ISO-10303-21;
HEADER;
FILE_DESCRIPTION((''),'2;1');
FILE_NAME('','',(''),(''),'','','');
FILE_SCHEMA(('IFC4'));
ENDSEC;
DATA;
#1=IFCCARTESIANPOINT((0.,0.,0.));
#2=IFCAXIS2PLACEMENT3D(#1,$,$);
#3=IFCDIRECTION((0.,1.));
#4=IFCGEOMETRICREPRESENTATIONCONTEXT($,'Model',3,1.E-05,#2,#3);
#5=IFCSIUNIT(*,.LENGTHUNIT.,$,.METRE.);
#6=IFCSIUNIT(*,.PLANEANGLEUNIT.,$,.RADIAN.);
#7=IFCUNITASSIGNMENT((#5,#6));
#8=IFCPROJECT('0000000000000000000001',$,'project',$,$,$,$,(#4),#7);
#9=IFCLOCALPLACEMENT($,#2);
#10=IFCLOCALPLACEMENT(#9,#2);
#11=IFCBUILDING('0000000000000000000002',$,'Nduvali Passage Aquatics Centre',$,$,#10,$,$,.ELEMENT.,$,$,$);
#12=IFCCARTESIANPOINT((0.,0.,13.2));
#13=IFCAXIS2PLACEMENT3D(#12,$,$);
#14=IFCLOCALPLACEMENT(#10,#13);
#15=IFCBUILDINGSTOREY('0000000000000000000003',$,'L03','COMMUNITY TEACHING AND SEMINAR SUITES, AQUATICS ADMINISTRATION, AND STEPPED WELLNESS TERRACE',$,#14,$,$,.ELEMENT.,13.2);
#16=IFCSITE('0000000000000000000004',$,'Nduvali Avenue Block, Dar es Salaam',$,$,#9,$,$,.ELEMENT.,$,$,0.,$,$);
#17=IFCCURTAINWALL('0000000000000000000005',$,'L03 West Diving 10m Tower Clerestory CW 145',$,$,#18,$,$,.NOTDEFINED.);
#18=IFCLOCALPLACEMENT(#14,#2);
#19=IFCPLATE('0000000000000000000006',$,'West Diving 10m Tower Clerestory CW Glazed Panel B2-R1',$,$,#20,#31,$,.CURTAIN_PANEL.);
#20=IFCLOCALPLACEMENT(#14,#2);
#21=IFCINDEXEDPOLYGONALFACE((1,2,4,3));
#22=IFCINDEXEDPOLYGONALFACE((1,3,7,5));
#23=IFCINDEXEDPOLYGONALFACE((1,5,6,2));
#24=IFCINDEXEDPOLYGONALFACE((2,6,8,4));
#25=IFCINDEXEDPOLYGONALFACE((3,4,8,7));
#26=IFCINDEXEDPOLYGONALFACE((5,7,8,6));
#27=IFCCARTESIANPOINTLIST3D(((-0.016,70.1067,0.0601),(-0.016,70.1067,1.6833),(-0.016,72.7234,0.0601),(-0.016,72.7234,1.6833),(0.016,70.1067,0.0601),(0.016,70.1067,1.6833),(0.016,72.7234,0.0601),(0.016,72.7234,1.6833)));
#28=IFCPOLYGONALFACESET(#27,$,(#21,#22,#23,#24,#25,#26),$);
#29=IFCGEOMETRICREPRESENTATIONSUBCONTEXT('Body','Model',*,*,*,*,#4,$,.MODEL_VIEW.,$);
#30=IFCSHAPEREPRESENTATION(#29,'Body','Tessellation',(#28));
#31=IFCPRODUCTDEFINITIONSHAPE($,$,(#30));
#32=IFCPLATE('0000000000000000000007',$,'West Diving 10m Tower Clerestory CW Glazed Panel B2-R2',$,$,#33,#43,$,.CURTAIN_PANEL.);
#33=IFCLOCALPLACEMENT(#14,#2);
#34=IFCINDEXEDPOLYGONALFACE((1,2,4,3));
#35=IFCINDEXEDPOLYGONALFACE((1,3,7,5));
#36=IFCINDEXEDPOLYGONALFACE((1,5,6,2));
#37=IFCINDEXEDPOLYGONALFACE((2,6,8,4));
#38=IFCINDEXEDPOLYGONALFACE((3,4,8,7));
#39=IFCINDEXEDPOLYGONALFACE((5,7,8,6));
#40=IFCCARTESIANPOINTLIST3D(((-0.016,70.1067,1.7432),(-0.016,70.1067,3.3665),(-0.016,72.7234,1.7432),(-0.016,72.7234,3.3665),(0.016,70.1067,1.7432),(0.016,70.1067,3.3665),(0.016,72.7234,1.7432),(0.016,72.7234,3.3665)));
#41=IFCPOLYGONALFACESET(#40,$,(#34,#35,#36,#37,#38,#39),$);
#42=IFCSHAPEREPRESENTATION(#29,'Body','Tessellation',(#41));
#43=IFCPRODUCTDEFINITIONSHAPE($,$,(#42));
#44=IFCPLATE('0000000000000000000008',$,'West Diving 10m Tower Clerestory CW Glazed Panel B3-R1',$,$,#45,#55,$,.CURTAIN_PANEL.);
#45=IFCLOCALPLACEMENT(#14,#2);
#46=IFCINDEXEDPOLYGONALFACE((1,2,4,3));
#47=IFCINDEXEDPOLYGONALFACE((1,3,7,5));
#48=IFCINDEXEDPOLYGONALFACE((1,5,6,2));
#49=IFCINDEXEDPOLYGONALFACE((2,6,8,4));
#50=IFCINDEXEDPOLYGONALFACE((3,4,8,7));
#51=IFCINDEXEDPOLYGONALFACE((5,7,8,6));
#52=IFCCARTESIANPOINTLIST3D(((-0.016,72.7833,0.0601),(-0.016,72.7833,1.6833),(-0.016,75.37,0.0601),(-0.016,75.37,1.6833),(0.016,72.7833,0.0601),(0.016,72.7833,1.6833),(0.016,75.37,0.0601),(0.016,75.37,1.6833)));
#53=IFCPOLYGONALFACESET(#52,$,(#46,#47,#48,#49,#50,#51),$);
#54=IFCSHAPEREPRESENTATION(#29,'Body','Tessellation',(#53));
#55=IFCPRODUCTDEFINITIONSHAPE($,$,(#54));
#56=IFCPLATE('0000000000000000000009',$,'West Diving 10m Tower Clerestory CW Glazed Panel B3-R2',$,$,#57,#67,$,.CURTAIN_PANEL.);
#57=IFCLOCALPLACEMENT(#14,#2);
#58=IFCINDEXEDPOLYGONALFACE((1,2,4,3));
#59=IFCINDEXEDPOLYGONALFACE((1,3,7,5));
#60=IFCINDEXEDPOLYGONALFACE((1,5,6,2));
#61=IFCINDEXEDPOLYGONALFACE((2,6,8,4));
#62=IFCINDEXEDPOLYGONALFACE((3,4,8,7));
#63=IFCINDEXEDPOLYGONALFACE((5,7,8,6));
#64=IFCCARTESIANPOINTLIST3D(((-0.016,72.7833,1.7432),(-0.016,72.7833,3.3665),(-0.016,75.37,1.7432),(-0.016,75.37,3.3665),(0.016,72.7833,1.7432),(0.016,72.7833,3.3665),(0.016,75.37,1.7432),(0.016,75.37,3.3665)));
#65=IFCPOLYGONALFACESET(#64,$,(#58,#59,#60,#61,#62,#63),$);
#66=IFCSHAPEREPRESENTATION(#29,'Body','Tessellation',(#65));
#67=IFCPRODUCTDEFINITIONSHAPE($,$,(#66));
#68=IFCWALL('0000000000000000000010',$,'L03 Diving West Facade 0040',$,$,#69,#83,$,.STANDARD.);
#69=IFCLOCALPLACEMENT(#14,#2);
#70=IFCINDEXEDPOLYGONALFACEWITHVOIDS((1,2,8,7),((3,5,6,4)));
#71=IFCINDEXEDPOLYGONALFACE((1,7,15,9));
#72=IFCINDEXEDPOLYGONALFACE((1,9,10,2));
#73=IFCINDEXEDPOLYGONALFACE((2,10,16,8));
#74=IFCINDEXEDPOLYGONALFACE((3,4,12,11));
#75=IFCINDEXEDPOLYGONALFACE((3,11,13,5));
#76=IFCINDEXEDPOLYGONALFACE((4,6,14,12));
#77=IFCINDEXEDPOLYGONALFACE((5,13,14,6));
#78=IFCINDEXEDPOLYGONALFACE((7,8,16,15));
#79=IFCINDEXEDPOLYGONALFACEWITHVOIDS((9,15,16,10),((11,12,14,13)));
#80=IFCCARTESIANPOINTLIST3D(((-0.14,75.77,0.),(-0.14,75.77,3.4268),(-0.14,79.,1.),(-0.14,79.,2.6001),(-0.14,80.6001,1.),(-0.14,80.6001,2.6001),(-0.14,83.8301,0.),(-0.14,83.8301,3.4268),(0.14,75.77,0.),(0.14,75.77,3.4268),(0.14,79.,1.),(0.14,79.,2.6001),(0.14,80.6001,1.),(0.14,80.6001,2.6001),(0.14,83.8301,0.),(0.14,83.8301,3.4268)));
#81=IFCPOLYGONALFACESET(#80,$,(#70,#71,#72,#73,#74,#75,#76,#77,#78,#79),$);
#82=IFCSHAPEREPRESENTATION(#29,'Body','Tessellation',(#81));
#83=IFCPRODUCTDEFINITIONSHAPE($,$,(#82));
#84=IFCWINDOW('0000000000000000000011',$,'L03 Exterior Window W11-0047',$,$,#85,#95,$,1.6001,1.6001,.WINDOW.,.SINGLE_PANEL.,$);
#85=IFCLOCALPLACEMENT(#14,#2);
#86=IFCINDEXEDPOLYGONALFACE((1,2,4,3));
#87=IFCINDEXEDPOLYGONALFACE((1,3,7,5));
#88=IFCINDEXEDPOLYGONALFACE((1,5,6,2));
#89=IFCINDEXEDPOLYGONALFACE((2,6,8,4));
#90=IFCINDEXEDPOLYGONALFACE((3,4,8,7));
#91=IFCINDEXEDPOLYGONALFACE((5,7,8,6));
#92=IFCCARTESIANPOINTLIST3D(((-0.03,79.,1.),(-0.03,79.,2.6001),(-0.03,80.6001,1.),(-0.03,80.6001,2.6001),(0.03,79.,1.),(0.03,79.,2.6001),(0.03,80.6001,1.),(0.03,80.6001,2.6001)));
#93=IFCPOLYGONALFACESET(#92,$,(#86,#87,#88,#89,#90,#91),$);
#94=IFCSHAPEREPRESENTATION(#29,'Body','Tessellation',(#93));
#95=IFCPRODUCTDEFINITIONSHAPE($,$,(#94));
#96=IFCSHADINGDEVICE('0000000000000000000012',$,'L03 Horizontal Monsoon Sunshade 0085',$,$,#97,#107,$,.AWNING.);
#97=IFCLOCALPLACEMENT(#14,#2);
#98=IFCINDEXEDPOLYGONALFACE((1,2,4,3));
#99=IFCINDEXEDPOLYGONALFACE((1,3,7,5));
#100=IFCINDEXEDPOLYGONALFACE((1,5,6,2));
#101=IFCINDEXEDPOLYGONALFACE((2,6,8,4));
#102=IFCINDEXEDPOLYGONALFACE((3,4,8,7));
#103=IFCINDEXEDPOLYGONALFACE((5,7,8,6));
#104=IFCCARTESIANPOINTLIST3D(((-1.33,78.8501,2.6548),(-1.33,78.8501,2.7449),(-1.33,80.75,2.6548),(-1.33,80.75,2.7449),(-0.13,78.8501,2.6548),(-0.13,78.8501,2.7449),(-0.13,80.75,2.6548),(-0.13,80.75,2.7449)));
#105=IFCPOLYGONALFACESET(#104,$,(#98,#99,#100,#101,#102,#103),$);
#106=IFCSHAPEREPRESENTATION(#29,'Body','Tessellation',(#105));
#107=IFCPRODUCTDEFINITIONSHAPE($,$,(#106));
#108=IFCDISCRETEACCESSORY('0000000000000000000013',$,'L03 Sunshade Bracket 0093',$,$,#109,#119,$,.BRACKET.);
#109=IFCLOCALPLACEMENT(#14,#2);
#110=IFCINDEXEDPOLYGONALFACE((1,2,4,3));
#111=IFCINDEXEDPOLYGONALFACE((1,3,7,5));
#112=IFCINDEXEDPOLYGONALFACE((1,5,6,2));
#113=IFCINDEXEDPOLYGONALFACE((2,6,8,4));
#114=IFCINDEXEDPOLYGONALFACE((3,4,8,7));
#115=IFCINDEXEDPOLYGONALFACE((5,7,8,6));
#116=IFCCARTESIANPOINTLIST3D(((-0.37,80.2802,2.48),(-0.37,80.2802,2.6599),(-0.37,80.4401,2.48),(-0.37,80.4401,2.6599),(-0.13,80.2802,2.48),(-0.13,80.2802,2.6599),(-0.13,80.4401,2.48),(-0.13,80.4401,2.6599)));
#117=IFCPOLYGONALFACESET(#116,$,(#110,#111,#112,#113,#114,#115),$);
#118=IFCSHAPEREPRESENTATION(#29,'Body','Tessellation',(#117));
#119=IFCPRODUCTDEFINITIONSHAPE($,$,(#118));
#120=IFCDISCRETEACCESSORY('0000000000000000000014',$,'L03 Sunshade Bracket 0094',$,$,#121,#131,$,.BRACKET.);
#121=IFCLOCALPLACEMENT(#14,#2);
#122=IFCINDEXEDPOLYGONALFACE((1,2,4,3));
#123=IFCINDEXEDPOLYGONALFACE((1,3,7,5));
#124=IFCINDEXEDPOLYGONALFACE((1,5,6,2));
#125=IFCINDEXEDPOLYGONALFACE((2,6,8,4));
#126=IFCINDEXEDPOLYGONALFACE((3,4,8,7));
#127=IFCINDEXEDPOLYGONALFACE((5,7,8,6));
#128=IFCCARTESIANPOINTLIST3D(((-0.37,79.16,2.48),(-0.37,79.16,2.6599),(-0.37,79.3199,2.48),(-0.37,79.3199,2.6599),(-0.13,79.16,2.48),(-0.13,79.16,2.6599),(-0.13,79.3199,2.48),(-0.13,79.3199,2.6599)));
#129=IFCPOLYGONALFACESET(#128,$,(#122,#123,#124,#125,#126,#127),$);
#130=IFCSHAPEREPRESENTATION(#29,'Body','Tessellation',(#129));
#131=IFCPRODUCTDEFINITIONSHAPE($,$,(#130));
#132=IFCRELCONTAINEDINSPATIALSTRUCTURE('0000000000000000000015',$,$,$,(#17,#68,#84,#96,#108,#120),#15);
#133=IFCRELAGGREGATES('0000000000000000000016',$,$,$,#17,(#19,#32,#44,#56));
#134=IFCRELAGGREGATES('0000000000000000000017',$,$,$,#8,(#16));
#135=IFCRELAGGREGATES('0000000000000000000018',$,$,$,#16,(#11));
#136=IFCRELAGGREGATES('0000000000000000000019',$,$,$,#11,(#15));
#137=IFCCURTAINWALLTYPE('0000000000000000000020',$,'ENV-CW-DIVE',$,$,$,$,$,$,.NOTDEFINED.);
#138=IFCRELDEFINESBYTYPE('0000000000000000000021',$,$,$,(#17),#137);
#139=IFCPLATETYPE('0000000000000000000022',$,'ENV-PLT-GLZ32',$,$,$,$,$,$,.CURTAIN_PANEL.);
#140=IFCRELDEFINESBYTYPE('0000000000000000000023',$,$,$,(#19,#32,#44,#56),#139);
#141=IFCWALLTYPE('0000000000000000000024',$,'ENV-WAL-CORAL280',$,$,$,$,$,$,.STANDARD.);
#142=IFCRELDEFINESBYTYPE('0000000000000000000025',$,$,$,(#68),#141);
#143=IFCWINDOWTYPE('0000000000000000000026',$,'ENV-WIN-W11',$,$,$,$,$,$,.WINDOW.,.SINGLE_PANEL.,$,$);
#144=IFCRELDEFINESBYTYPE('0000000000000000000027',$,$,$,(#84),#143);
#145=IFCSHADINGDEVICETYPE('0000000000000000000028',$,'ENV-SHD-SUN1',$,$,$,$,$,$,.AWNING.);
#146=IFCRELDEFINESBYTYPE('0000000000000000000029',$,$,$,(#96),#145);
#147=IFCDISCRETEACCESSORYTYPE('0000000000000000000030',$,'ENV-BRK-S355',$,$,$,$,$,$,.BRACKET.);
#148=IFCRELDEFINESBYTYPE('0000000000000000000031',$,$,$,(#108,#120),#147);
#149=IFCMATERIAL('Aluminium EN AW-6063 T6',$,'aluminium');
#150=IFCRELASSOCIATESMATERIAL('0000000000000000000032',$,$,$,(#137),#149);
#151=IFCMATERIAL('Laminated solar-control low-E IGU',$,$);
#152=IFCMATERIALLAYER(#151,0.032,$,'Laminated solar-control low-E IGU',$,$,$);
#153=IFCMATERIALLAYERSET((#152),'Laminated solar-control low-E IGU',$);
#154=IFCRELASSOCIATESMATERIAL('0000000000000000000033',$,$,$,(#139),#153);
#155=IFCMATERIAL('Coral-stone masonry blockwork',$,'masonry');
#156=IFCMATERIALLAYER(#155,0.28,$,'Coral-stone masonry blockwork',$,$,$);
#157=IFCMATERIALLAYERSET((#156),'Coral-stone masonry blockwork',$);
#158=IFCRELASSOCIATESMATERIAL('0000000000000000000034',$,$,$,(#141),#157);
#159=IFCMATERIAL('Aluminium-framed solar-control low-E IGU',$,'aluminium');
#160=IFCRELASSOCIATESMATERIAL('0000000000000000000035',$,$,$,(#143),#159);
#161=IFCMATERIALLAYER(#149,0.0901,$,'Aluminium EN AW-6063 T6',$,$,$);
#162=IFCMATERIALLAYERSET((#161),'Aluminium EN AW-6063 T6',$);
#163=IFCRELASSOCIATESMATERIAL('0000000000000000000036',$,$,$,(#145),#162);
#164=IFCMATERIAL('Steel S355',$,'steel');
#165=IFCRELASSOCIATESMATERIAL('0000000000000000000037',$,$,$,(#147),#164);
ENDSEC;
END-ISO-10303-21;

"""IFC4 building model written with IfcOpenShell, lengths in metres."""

from ifc_helpers import new_model, si_unit, direction, frame, frame_2d, origin, origin_2d, place, context, subcontext, project, spatial, rectangle, extrude, material, layer, layer_set, type_object, element, fill, aggregate, save


model = new_model("IFC4")

# Units and contexts
model_context = context("Model", 3, precision=1e-05, world=origin(), true_north=direction((0.0, 1.0)))
body_context = subcontext(model_context, "Body", "Model", "MODEL_VIEW")
ifc_project = project(units=[si_unit("LENGTHUNIT", "METRE"), si_unit("PLANEANGLEUNIT", "RADIAN")], contexts=[model_context])

# Site, building, storey
site_placement = place(None, origin())
site = spatial("IfcSite", under=ifc_project, at=site_placement, Name="Nduvali Avenue Block, Dar es Salaam", CompositionType="ELEMENT", RefElevation=0.0)
building_placement = place(site_placement, origin())
building = spatial("IfcBuilding", under=site, at=building_placement, Name="Nduvali Passage Aquatics Centre", CompositionType="ELEMENT")
storey_placement = place(building_placement, frame((0.0, 0.0, 13.2)))
storey = spatial("IfcBuildingStorey", under=building, at=storey_placement, Name="L03", Description="COMMUNITY TEACHING AND SEMINAR SUITES, AQUATICS ADMINISTRATION, AND STEPPED WELLNESS TERRACE", CompositionType="ELEMENT", Elevation=13.2)

# Shared definitions
ifc_material_1 = material(Name="Steel S355", Category="steel")

# Shared definitions
ifc_material_2 = material(Name="Aluminium EN AW-6063 T6", Category="aluminium")
curtain_wall_type = type_object("IfcCurtainWallType", Name="ENV-CW-DIVE", PredefinedType="NOTDEFINED", material=ifc_material_2)

# Curtain wall
curtain_wall_1_placement = place(storey_placement, origin())
curtain_wall_1 = element("IfcCurtainWall", 1, at=curtain_wall_1_placement, inside=storey, type_object=curtain_wall_type, Name="L03 West Diving 10m Tower Clerestory CW 145", PredefinedType="NOTDEFINED")

# Plates
ifc_material_3 = material(Name="Laminated solar-control low-E IGU")
ifc_layer_1 = layer(ifc_material_3, 0.032, Name="Laminated solar-control low-E IGU")
ifc_layer_set_1 = layer_set([ifc_layer_1], Name="Laminated solar-control low-E IGU")
plate_type = type_object("IfcPlateType", Name="ENV-PLT-GLZ32", PredefinedType="CURTAIN_PANEL", material=ifc_layer_set_1)
plate_1_placement = place(storey_placement, frame((0.0, 71.415, 0.0601), z_axis=(0.0, 0.0, 1.0), x_axis=(0.0, 1.0, 0.0)))
plate_1 = element("IfcPlate", 2, at=plate_1_placement, type_object=plate_type, Name="West Diving 10m Tower Clerestory CW Glazed Panel B2-R1", PredefinedType="CURTAIN_PANEL", context=body_context, shape_type="SweptSolid", body=[
    extrude(rectangle(XDim=2.6167, YDim=0.032, at=origin_2d()), origin(), (0.0, 0.0, 1.0), 1.6233),
])
plate_2_placement = place(storey_placement, frame((0.0, 71.415, 1.7432), z_axis=(0.0, 0.0, 1.0), x_axis=(0.0, 1.0, 0.0)))
plate_2 = element("IfcPlate", 3, at=plate_2_placement, type_object=plate_type, Name="West Diving 10m Tower Clerestory CW Glazed Panel B2-R2", PredefinedType="CURTAIN_PANEL", context=body_context, shape_type="SweptSolid", body=[
    extrude(rectangle(XDim=2.6167, YDim=0.032, at=origin_2d()), origin(), (0.0, 0.0, 1.0), 1.6233),
])
plate_3_placement = place(storey_placement, frame((0.0, 74.0767, 0.0601), z_axis=(0.0, 0.0, 1.0), x_axis=(0.0, 1.0, 0.0)))
plate_3 = element("IfcPlate", 4, at=plate_3_placement, type_object=plate_type, Name="West Diving 10m Tower Clerestory CW Glazed Panel B3-R1", PredefinedType="CURTAIN_PANEL", context=body_context, shape_type="SweptSolid", body=[
    extrude(rectangle(XDim=2.5867, YDim=0.032, at=origin_2d()), origin(), (0.0, 0.0, 1.0), 1.6233),
])
plate_4_placement = place(storey_placement, frame((0.0, 74.0767, 1.7432), z_axis=(0.0, 0.0, 1.0), x_axis=(0.0, 1.0, 0.0)))
plate_4 = element("IfcPlate", 5, at=plate_4_placement, type_object=plate_type, Name="West Diving 10m Tower Clerestory CW Glazed Panel B3-R2", PredefinedType="CURTAIN_PANEL", context=body_context, shape_type="SweptSolid", body=[
    extrude(rectangle(XDim=2.5867, YDim=0.032, at=origin_2d()), origin(), (0.0, 0.0, 1.0), 1.6233),
])
aggregate(curtain_wall_1, [plate_1, plate_2, plate_3, plate_4])

# Wall, opening, window
ifc_material_4 = material(Name="Coral-stone masonry blockwork", Category="masonry")
ifc_layer_2 = layer(ifc_material_4, 0.28, Name="Coral-stone masonry blockwork")
ifc_layer_set_2 = layer_set([ifc_layer_2], Name="Coral-stone masonry blockwork")
wall_type = type_object("IfcWallType", Name="ENV-WAL-CORAL280", PredefinedType="STANDARD", material=ifc_layer_set_2)
wall_placement = place(storey_placement, frame((0.0, 83.8301, 0.0), z_axis=(0.0, 0.0, 1.0), x_axis=(0.0, -1.0, 0.0)))
wall = element("IfcWall", 6, at=wall_placement, inside=storey, type_object=wall_type, Name="L03 Diving West Facade 0040", PredefinedType="STANDARD", context=body_context, shape_type="SweptSolid", body=[
    extrude(rectangle(XDim=8.0601, YDim=0.28, at=frame_2d((4.03, 0.0))), origin(), (0.0, 0.0, 1.0), 3.4268),
])
opening_placement = place(wall_placement, frame((3.23, 0.0, 1.0)))
opening = element("IfcOpeningElement", 7, at=opening_placement, cuts=wall, PredefinedType="OPENING", context=body_context, shape_type="SweptSolid", body=[
    extrude(rectangle(XDim=1.6001, YDim=1.6001, at=frame_2d((0.8, 0.8))), frame((0.0, 0.1548, 0.0), z_axis=(0.0, -1.0, 0.0), x_axis=(1.0, 0.0, 0.0)), (0.0, 0.0, 1.0), 0.3098),
])
ifc_material_5 = material(Name="Aluminium-framed solar-control low-E IGU", Category="aluminium")
window_type = type_object("IfcWindowType", Name="ENV-WIN-W11", PartitioningType="SINGLE_PANEL", PredefinedType="WINDOW", material=ifc_material_5)
window_placement = place(opening_placement, origin())
window = element("IfcWindow", 8, at=window_placement, inside=storey, type_object=window_type, Name="L03 Exterior Window W11-0047", OverallHeight=1.6001, OverallWidth=1.6001, PartitioningType="SINGLE_PANEL", PredefinedType="WINDOW", context=body_context, shape_type="SweptSolid", body=[
    extrude(rectangle(XDim=1.6001, YDim=1.6001, at=frame_2d((0.8, 0.8))), frame((0.0, 0.03, 0.0), z_axis=(0.0, -1.0, 0.0), x_axis=(1.0, 0.0, 0.0)), (0.0, 0.0, 1.0), 0.0601),
])
fill(opening, window)

# Shading device
ifc_layer_3 = layer(ifc_material_2, 0.0901, Name="Aluminium EN AW-6063 T6")
ifc_layer_set_3 = layer_set([ifc_layer_3], Name="Aluminium EN AW-6063 T6")
shading_device_type = type_object("IfcShadingDeviceType", Name="ENV-SHD-SUN1", PredefinedType="AWNING", material=ifc_layer_set_3)
shading_device_placement = place(storey_placement, frame((-0.73, 79.8, 2.6548), z_axis=(0.0, 0.0, 1.0), x_axis=(0.0, -1.0, 0.0)))
element("IfcShadingDevice", 9, at=shading_device_placement, inside=storey, type_object=shading_device_type, Name="L03 Horizontal Monsoon Sunshade 0085", PredefinedType="AWNING", context=body_context, shape_type="SweptSolid", body=[
    extrude(rectangle(XDim=1.8999, YDim=1.2, at=origin_2d()), origin(), (0.0, 0.0, 1.0), 0.0901),
])

# Discrete accessories
discrete_accessory_type = type_object("IfcDiscreteAccessoryType", Name="ENV-BRK-S355", PredefinedType="BRACKET", material=ifc_material_1)
for number, where, z_axis, x_axis, name in (
    (10, (-0.25, 80.3601, 2.48), (0.0, 0.0, 1.0), (0.0, -1.0, 0.0), "L03 Sunshade Bracket 0093"),
    (11, (-0.25, 79.24, 2.48), (0.0, 0.0, 1.0), (0.0, -1.0, 0.0), "L03 Sunshade Bracket 0094"),
):
    element("IfcDiscreteAccessory", number, at=place(storey_placement, frame(where, z_axis=z_axis, x_axis=x_axis)), inside=storey, type_object=discrete_accessory_type, Name=name, PredefinedType="BRACKET", context=body_context, shape_type="SweptSolid", body=[
        extrude(rectangle(XDim=0.1599, YDim=0.24, at=origin_2d()), origin(), (0.0, 0.0, 1.0), 0.1799),
    ])

save(model, "model.ifc")
